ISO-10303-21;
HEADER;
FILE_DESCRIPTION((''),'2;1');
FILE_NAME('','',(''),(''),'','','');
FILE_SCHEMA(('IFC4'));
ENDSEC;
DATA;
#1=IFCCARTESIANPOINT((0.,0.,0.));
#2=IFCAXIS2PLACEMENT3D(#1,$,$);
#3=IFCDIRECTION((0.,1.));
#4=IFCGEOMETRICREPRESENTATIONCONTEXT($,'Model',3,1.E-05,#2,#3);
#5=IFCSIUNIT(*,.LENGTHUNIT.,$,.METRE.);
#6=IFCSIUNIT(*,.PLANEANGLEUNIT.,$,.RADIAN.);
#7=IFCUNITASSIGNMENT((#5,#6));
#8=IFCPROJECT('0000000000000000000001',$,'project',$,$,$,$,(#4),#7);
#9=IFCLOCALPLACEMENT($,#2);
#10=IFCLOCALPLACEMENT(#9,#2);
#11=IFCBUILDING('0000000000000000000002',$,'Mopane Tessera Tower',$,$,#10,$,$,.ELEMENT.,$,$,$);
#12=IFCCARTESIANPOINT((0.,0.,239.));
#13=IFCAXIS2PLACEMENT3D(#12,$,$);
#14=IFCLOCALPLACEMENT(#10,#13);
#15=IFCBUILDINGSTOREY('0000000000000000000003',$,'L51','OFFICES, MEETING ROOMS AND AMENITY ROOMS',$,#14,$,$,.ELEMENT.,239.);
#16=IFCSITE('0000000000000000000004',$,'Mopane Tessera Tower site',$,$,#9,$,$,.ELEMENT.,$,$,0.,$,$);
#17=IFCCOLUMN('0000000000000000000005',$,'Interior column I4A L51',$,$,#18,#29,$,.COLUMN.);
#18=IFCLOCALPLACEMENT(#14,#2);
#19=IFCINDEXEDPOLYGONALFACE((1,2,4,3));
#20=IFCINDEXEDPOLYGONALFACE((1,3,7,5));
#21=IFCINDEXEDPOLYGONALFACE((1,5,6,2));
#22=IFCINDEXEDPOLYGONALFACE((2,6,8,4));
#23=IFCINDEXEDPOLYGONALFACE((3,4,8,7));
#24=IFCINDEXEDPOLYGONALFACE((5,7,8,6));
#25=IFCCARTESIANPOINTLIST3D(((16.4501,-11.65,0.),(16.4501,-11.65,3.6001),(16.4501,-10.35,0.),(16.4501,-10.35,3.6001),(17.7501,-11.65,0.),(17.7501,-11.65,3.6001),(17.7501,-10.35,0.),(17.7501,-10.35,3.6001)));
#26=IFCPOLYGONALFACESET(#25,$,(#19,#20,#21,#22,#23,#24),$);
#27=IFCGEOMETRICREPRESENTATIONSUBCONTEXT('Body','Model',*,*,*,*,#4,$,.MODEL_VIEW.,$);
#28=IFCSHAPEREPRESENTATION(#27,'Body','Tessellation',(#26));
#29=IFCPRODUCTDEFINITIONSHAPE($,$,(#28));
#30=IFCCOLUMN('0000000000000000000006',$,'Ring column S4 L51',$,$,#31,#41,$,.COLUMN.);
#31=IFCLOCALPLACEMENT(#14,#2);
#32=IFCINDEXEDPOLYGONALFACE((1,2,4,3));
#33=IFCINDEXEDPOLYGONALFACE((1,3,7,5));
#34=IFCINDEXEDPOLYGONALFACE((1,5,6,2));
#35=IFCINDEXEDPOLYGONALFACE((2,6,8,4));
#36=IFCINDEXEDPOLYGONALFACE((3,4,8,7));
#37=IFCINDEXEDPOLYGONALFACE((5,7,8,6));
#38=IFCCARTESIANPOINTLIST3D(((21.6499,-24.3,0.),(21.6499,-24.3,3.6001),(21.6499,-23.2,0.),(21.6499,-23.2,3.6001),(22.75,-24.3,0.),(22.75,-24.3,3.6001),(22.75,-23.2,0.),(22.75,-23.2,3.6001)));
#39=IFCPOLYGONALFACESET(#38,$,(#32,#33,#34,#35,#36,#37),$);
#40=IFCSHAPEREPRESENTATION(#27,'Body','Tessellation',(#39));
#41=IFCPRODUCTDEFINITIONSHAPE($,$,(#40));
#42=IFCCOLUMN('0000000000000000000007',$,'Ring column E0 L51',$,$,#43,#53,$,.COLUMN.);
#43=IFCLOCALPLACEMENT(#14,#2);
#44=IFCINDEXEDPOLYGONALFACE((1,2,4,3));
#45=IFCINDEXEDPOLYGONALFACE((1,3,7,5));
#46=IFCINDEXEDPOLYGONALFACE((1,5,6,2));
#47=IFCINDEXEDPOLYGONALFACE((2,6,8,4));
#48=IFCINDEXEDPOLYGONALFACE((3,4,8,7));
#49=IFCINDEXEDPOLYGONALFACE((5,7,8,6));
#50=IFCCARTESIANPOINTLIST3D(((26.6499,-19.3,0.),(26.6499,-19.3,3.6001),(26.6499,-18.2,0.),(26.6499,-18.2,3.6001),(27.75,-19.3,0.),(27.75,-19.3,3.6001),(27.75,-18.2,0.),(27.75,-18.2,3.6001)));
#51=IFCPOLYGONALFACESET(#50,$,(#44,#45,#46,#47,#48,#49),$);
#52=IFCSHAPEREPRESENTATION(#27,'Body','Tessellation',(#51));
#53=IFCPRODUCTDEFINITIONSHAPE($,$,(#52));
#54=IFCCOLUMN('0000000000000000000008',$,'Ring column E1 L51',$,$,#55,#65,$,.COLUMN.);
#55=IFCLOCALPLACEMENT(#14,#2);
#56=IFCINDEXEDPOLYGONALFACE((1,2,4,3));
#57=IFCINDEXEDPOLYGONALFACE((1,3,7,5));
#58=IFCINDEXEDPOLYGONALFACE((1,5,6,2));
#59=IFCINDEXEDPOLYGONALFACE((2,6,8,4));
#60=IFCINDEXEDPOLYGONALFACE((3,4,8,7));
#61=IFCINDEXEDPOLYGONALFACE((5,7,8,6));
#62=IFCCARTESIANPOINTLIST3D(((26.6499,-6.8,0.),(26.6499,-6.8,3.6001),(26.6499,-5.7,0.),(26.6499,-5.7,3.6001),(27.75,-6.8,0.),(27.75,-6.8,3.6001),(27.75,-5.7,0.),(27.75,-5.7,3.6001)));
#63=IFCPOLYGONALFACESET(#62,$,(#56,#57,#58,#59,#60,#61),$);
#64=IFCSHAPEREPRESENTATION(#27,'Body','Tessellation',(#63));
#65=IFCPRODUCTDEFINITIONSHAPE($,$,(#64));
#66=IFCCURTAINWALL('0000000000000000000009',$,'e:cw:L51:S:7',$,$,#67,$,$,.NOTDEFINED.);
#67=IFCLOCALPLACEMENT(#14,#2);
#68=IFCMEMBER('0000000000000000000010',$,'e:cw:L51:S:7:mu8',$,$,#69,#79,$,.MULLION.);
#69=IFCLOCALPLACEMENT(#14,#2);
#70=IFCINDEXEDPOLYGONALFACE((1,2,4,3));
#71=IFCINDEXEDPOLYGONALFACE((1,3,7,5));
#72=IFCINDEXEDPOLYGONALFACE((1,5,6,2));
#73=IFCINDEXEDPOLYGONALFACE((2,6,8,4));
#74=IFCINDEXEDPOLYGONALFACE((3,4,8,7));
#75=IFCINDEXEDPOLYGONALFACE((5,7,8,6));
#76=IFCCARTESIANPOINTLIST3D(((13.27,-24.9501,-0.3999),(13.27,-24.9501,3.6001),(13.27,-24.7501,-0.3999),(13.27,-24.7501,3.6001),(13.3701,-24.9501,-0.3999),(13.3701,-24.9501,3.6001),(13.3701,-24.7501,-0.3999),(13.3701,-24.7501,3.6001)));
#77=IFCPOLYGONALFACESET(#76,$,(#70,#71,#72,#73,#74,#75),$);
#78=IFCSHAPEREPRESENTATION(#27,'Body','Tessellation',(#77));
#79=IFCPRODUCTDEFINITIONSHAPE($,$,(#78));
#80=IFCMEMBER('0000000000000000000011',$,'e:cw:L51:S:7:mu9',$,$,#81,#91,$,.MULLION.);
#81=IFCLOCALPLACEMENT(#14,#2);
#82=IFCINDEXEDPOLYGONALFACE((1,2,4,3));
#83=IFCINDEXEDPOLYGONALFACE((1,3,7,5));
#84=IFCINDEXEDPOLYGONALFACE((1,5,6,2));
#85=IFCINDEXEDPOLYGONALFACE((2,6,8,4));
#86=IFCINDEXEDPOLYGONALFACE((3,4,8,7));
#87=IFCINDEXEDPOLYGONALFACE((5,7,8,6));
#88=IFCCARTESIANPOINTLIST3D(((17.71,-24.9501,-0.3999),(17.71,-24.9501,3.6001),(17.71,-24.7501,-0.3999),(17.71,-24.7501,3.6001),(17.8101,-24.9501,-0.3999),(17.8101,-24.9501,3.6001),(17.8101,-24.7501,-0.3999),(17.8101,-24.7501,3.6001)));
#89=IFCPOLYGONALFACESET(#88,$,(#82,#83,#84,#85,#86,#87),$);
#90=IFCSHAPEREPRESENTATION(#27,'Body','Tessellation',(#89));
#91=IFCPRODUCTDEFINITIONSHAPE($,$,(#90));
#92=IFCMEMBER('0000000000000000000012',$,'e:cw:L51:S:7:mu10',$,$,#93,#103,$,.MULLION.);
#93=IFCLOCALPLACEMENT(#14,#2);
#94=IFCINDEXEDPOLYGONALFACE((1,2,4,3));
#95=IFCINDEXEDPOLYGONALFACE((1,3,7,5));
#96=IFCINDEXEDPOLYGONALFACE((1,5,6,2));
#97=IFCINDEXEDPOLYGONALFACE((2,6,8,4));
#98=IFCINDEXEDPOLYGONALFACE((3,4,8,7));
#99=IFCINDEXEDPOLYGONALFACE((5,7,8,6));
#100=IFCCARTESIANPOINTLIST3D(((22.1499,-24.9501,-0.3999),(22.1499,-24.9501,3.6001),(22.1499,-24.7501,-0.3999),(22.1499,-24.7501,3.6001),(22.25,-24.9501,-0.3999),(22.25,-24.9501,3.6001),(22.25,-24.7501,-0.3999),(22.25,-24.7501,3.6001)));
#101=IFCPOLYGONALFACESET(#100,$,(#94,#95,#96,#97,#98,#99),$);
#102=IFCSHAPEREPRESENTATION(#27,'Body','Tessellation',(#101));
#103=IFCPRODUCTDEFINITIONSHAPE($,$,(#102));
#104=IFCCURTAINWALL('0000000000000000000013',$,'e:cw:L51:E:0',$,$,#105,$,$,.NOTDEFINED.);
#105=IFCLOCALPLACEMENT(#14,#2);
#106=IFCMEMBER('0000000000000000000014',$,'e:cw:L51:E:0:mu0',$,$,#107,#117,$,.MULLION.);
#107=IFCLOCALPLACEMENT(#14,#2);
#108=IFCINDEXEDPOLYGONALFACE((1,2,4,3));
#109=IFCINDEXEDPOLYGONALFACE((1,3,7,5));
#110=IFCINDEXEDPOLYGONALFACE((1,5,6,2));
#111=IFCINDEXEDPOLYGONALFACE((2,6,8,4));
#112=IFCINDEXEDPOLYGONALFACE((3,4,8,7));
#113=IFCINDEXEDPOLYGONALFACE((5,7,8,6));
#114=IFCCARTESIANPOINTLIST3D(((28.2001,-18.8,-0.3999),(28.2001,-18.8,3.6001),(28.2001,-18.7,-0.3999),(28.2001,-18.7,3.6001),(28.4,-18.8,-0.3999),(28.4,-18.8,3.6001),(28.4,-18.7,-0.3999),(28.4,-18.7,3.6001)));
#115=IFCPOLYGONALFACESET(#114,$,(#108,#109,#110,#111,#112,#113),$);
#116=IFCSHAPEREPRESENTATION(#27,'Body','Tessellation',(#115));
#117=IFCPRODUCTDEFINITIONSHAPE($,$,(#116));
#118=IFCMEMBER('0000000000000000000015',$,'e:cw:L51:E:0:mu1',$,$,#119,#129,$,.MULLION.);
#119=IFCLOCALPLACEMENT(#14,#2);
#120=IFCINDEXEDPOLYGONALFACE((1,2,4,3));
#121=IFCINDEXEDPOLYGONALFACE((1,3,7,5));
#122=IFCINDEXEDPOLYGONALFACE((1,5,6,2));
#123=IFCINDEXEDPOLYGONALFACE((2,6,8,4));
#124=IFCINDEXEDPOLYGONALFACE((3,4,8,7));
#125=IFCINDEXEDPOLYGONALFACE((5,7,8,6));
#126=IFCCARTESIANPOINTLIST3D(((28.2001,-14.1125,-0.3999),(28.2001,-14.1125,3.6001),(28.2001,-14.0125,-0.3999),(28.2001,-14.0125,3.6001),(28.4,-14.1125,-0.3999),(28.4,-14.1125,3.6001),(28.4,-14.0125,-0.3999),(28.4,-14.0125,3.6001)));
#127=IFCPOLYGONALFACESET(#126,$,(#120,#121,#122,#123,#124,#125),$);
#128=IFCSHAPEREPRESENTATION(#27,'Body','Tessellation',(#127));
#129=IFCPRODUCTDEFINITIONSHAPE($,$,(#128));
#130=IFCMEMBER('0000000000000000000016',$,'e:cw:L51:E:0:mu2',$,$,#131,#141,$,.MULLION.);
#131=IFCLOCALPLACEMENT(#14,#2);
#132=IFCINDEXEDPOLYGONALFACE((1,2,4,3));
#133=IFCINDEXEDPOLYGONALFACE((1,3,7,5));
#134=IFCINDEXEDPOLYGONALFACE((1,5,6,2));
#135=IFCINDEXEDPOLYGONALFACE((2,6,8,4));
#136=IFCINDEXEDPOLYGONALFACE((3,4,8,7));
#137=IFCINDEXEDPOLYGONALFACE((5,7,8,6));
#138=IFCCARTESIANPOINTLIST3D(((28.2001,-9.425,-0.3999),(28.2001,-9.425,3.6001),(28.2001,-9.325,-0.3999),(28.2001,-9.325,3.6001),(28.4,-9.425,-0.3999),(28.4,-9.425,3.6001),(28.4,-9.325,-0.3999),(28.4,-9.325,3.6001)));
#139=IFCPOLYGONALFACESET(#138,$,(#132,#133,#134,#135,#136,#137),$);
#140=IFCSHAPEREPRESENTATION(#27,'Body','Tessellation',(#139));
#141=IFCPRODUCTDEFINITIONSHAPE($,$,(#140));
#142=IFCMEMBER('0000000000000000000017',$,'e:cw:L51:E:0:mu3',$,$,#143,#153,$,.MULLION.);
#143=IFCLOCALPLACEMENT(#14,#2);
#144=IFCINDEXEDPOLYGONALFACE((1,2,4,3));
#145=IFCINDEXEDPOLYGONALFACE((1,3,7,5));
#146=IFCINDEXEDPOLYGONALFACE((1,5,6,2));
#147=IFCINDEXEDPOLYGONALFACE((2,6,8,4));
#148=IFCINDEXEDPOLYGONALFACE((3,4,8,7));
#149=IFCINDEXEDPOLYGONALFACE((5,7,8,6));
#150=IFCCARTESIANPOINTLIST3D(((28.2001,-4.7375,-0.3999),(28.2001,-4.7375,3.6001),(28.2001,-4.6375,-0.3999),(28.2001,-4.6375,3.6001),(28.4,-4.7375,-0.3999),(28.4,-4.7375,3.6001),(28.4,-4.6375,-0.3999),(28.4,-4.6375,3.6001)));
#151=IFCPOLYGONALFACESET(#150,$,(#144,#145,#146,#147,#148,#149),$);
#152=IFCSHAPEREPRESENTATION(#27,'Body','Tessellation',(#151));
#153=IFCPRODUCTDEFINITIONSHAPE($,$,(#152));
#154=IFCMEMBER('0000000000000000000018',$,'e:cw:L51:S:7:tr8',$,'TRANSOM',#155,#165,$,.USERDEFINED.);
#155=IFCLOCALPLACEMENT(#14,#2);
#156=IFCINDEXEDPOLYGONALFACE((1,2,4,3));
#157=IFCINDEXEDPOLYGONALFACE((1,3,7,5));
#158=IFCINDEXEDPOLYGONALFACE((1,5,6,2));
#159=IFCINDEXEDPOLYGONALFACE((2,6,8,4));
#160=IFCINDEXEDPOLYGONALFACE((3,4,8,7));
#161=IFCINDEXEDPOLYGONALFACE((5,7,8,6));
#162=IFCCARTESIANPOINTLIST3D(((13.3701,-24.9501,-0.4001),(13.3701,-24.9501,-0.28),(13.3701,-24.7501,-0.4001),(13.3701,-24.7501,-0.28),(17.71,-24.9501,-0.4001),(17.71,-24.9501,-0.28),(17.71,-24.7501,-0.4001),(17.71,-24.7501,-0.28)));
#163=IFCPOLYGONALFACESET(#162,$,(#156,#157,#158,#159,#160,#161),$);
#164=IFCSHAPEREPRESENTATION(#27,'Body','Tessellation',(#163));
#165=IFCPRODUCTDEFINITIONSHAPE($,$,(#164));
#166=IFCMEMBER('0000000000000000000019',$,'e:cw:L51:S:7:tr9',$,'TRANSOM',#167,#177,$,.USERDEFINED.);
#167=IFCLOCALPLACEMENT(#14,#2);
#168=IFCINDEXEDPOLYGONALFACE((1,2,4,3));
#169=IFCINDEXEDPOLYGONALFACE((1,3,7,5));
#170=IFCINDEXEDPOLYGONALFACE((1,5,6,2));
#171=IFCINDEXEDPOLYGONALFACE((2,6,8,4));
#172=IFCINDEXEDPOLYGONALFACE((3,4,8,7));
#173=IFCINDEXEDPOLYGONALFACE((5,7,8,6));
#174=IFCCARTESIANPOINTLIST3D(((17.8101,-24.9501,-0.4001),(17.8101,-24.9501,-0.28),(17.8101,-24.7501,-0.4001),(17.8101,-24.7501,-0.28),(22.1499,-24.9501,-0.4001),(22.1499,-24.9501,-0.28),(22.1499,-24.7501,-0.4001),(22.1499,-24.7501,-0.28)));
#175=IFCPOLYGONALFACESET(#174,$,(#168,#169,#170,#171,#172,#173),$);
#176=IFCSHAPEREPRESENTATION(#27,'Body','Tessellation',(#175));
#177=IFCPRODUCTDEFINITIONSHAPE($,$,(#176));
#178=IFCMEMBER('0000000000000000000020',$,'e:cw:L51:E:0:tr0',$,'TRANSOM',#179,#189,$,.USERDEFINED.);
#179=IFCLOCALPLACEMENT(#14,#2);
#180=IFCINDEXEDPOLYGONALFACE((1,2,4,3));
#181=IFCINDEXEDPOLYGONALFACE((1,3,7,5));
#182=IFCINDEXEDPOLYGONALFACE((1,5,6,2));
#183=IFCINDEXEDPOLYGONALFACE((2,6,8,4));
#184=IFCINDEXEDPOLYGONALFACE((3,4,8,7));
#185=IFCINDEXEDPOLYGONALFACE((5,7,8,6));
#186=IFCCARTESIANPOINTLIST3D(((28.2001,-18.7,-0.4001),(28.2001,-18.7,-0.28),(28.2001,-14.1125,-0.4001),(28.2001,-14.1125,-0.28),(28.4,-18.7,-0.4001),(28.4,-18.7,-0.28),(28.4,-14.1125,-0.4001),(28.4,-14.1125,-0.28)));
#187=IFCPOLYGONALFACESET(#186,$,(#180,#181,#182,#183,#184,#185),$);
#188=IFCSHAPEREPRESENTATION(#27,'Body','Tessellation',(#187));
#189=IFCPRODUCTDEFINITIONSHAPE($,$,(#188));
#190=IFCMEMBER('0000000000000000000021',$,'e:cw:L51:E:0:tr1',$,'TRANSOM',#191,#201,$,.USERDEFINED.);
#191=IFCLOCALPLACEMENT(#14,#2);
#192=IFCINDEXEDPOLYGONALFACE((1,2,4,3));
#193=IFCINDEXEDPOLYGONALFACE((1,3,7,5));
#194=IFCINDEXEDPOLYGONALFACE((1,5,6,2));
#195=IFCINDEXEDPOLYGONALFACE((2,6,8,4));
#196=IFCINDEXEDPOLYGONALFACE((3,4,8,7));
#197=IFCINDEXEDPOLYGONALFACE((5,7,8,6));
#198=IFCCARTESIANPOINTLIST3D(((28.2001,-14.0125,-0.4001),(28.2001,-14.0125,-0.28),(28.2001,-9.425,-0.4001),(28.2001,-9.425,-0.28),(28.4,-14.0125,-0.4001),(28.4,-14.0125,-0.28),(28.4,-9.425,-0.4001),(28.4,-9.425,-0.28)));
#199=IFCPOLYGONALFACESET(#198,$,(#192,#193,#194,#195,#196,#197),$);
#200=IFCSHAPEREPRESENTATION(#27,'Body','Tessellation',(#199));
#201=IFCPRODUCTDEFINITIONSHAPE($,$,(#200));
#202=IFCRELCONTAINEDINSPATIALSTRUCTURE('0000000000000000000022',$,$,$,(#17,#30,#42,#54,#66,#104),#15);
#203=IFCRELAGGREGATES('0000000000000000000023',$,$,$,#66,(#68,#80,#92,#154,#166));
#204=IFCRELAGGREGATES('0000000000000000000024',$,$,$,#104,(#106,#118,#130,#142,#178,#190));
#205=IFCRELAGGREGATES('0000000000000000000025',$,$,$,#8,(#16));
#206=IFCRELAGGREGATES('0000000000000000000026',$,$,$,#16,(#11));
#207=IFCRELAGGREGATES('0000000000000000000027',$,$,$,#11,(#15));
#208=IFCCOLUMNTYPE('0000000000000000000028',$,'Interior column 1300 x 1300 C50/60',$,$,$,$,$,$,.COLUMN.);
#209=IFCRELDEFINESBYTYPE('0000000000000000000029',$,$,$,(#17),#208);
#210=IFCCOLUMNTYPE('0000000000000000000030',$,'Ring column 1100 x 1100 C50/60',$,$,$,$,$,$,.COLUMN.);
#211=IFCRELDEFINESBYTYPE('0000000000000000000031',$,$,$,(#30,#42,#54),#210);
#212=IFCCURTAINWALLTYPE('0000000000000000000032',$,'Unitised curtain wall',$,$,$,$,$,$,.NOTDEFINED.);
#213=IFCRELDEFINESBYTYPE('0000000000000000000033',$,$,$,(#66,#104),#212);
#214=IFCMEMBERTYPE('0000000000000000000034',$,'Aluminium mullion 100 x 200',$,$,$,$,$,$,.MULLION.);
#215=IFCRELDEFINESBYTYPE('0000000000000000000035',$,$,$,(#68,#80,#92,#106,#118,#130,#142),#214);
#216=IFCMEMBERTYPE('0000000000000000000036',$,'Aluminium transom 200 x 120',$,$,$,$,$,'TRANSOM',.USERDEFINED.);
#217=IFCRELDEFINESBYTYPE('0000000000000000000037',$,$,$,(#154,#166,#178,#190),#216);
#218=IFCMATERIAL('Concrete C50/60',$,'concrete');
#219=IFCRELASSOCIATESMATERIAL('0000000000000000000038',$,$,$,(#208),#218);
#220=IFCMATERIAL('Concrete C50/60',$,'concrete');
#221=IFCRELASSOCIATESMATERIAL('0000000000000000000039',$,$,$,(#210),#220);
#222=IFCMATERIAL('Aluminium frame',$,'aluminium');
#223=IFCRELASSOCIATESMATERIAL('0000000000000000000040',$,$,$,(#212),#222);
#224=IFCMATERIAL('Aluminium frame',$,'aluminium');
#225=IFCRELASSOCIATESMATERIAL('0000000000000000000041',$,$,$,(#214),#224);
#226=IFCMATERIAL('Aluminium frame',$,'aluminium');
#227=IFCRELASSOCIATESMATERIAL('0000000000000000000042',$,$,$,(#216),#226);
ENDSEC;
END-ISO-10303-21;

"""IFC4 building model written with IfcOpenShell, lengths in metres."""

from ifc_helpers import new_model, si_unit, direction, frame, origin, origin_2d, place, context, subcontext, project, spatial, rectangle, extrude, material, material_profile, profile_set, type_object, element, aggregate, save


model = new_model("IFC4")

# Units and contexts
model_context = context("Model", 3, precision=1e-05, world=origin(), true_north=direction((0.0, 1.0)))
body_context = subcontext(model_context, "Body", "Model", "MODEL_VIEW")
ifc_project = project(units=[si_unit("LENGTHUNIT", "METRE"), si_unit("PLANEANGLEUNIT", "RADIAN")], contexts=[model_context])

# Site, building, storey
site_placement = place(None, origin())
site = spatial("IfcSite", under=ifc_project, at=site_placement, Name="Mopane Tessera Tower site", CompositionType="ELEMENT", RefElevation=0.0)
building_placement = place(site_placement, origin())
building = spatial("IfcBuilding", under=site, at=building_placement, Name="Mopane Tessera Tower", CompositionType="ELEMENT")
storey_placement = place(building_placement, frame((0.0, 0.0, 239.0)))
storey = spatial("IfcBuildingStorey", under=building, at=storey_placement, Name="L51", Description="OFFICES, MEETING ROOMS AND AMENITY ROOMS", CompositionType="ELEMENT", Elevation=239.0)

# Columns
ifc_material_1 = material(Name="Concrete C50/60", Category="concrete")
ifc_material_profile_1 = material_profile(ifc_material_1, rectangle(XDim=1.3, YDim=1.3, at=origin_2d()))
ifc_profile_set_1 = profile_set([ifc_material_profile_1], Name="Concrete C50/60")
column_type_1 = type_object("IfcColumnType", Name="Interior column 1300 x 1300 C50/60", PredefinedType="COLUMN", material=ifc_profile_set_1)
column_placement = place(storey_placement, frame((17.1001, -11.0, 0.0), z_axis=(0.0, 0.0, 1.0), x_axis=(1.0, 0.0, 0.0)))
element("IfcColumn", 1, at=column_placement, inside=storey, type_object=column_type_1, Name="Interior column I4A L51", PredefinedType="COLUMN", context=body_context, shape_type="SweptSolid", body=[
    extrude(rectangle(XDim=1.3, YDim=1.3, at=origin_2d()), origin(), (0.0, 0.0, 1.0), 3.6001),
])
ifc_material_2 = material(Name="Concrete C50/60", Category="concrete")
ifc_material_profile_2 = material_profile(ifc_material_2, rectangle(XDim=1.1001, YDim=1.1001, at=origin_2d()))
ifc_profile_set_2 = profile_set([ifc_material_profile_2], Name="Concrete C50/60")
column_type_2 = type_object("IfcColumnType", Name="Ring column 1100 x 1100 C50/60", PredefinedType="COLUMN", material=ifc_profile_set_2)
for number, where, z_axis, x_axis, name in (
    (2, (22.2, -23.75, 0.0), (0.0, 0.0, 1.0), (1.0, 0.0, 0.0), "Ring column S4 L51"),
    (3, (27.2, -18.75, 0.0), (0.0, 0.0, 1.0), (1.0, 0.0, 0.0), "Ring column E0 L51"),
    (4, (27.2, -6.25, 0.0), (0.0, 0.0, 1.0), (1.0, 0.0, 0.0), "Ring column E1 L51"),
):
    element("IfcColumn", number, at=place(storey_placement, frame(where, z_axis=z_axis, x_axis=x_axis)), inside=storey, type_object=column_type_2, Name=name, PredefinedType="COLUMN", context=body_context, shape_type="SweptSolid", body=[
        extrude(rectangle(XDim=1.1001, YDim=1.1001, at=origin_2d()), origin(), (0.0, 0.0, 1.0), 3.6001),
    ])

# Curtain walls, members
ifc_material_3 = material(Name="Aluminium frame", Category="aluminium")
curtain_wall_type = type_object("IfcCurtainWallType", Name="Unitised curtain wall", PredefinedType="NOTDEFINED", material=ifc_material_3)
curtain_wall_1_placement = place(storey_placement, origin())
curtain_wall_1 = element("IfcCurtainWall", 5, at=curtain_wall_1_placement, inside=storey, type_object=curtain_wall_type, Name="e:cw:L51:S:7", PredefinedType="NOTDEFINED")
ifc_material_4 = material(Name="Aluminium frame", Category="aluminium")
ifc_material_profile_3 = material_profile(ifc_material_4, rectangle(XDim=0.1001, YDim=0.2, at=origin_2d()))
ifc_profile_set_3 = profile_set([ifc_material_profile_3], Name="Aluminium frame")
member_type_1 = type_object("IfcMemberType", Name="Aluminium mullion 100 x 200", PredefinedType="MULLION", material=ifc_profile_set_3)
member_1_placement = place(storey_placement, frame((13.3201, -24.8501, -0.3999), z_axis=(0.0, 0.0, 1.0), x_axis=(1.0, 0.0, 0.0)))
member_1 = element("IfcMember", 6, at=member_1_placement, type_object=member_type_1, Name="e:cw:L51:S:7:mu8", PredefinedType="MULLION", context=body_context, shape_type="SweptSolid", body=[
    extrude(rectangle(XDim=0.1001, YDim=0.2, at=origin_2d()), origin(), (0.0, 0.0, 1.0), 4.0),
])
member_2_placement = place(storey_placement, frame((17.76, -24.8501, -0.3999), z_axis=(0.0, 0.0, 1.0), x_axis=(1.0, 0.0, 0.0)))
member_2 = element("IfcMember", 7, at=member_2_placement, type_object=member_type_1, Name="e:cw:L51:S:7:mu9", PredefinedType="MULLION", context=body_context, shape_type="SweptSolid", body=[
    extrude(rectangle(XDim=0.1001, YDim=0.2, at=origin_2d()), origin(), (0.0, 0.0, 1.0), 4.0),
])
member_3_placement = place(storey_placement, frame((22.2, -24.8501, -0.3999), z_axis=(0.0, 0.0, 1.0), x_axis=(1.0, 0.0, 0.0)))
member_3 = element("IfcMember", 8, at=member_3_placement, type_object=member_type_1, Name="e:cw:L51:S:7:mu10", PredefinedType="MULLION", context=body_context, shape_type="SweptSolid", body=[
    extrude(rectangle(XDim=0.1001, YDim=0.2, at=origin_2d()), origin(), (0.0, 0.0, 1.0), 4.0),
])
curtain_wall_2_placement = place(storey_placement, origin())
curtain_wall_2 = element("IfcCurtainWall", 9, at=curtain_wall_2_placement, inside=storey, type_object=curtain_wall_type, Name="e:cw:L51:E:0", PredefinedType="NOTDEFINED")
member_4_placement = place(storey_placement, frame((28.3, -18.75, -0.3999), z_axis=(0.0, 0.0, 1.0), x_axis=(0.0, 1.0, 0.0)))
member_4 = element("IfcMember", 10, at=member_4_placement, type_object=member_type_1, Name="e:cw:L51:E:0:mu0", PredefinedType="MULLION", context=body_context, shape_type="SweptSolid", body=[
    extrude(rectangle(XDim=0.1001, YDim=0.2, at=origin_2d()), origin(), (0.0, 0.0, 1.0), 4.0),
])
member_5_placement = place(storey_placement, frame((28.3, -14.0625, -0.3999), z_axis=(0.0, 0.0, 1.0), x_axis=(0.0, 1.0, 0.0)))
member_5 = element("IfcMember", 11, at=member_5_placement, type_object=member_type_1, Name="e:cw:L51:E:0:mu1", PredefinedType="MULLION", context=body_context, shape_type="SweptSolid", body=[
    extrude(rectangle(XDim=0.1001, YDim=0.2, at=origin_2d()), origin(), (0.0, 0.0, 1.0), 4.0),
])
member_6_placement = place(storey_placement, frame((28.3, -9.375, -0.3999), z_axis=(0.0, 0.0, 1.0), x_axis=(0.0, 1.0, 0.0)))
member_6 = element("IfcMember", 12, at=member_6_placement, type_object=member_type_1, Name="e:cw:L51:E:0:mu2", PredefinedType="MULLION", context=body_context, shape_type="SweptSolid", body=[
    extrude(rectangle(XDim=0.1001, YDim=0.2, at=origin_2d()), origin(), (0.0, 0.0, 1.0), 4.0),
])
member_7_placement = place(storey_placement, frame((28.3, -4.6875, -0.3999), z_axis=(0.0, 0.0, 1.0), x_axis=(0.0, 1.0, 0.0)))
member_7 = element("IfcMember", 13, at=member_7_placement, type_object=member_type_1, Name="e:cw:L51:E:0:mu3", PredefinedType="MULLION", context=body_context, shape_type="SweptSolid", body=[
    extrude(rectangle(XDim=0.1001, YDim=0.2, at=origin_2d()), origin(), (0.0, 0.0, 1.0), 4.0),
])

# Members
ifc_material_5 = material(Name="Aluminium frame", Category="aluminium")
ifc_material_profile_4 = material_profile(ifc_material_5, rectangle(XDim=0.2, YDim=0.1201, at=origin_2d()))
ifc_profile_set_4 = profile_set([ifc_material_profile_4], Name="Aluminium frame")
member_type_2 = type_object("IfcMemberType", Name="Aluminium transom 200 x 120", ElementType="TRANSOM", PredefinedType="USERDEFINED", material=ifc_profile_set_4)
member_8_placement = place(storey_placement, frame((13.3701, -24.8501, -0.3401), z_axis=(1.0, 0.0, 0.0), x_axis=(0.0, 1.0, 0.0)))
member_8 = element("IfcMember", 14, at=member_8_placement, type_object=member_type_2, Name="e:cw:L51:S:7:tr8", ObjectType="TRANSOM", PredefinedType="USERDEFINED", context=body_context, shape_type="SweptSolid", body=[
    extrude(rectangle(XDim=0.2, YDim=0.1201, at=origin_2d()), origin(), (0.0, 0.0, 1.0), 4.3398),
])
member_9_placement = place(storey_placement, frame((17.8101, -24.8501, -0.3401), z_axis=(1.0, 0.0, 0.0), x_axis=(0.0, 1.0, 0.0)))
member_9 = element("IfcMember", 15, at=member_9_placement, type_object=member_type_2, Name="e:cw:L51:S:7:tr9", ObjectType="TRANSOM", PredefinedType="USERDEFINED", context=body_context, shape_type="SweptSolid", body=[
    extrude(rectangle(XDim=0.2, YDim=0.1201, at=origin_2d()), origin(), (0.0, 0.0, 1.0), 4.3398),
])
member_10_placement = place(storey_placement, frame((28.3, -18.7, -0.3401), z_axis=(0.0, 1.0, 0.0), x_axis=(-1.0, 0.0, 0.0)))
member_10 = element("IfcMember", 16, at=member_10_placement, type_object=member_type_2, Name="e:cw:L51:E:0:tr0", ObjectType="TRANSOM", PredefinedType="USERDEFINED", context=body_context, shape_type="SweptSolid", body=[
    extrude(rectangle(XDim=0.2, YDim=0.1201, at=origin_2d()), origin(), (0.0, 0.0, 1.0), 4.5874),
])
member_11_placement = place(storey_placement, frame((28.3, -14.0125, -0.3401), z_axis=(0.0, 1.0, 0.0), x_axis=(-1.0, 0.0, 0.0)))
member_11 = element("IfcMember", 17, at=member_11_placement, type_object=member_type_2, Name="e:cw:L51:E:0:tr1", ObjectType="TRANSOM", PredefinedType="USERDEFINED", context=body_context, shape_type="SweptSolid", body=[
    extrude(rectangle(XDim=0.2, YDim=0.1201, at=origin_2d()), origin(), (0.0, 0.0, 1.0), 4.5874),
])

aggregate(curtain_wall_1, [member_1, member_2, member_3, member_8, member_9])
aggregate(curtain_wall_2, [member_4, member_5, member_6, member_7, member_10, member_11])

save(model, "model.ifc")
